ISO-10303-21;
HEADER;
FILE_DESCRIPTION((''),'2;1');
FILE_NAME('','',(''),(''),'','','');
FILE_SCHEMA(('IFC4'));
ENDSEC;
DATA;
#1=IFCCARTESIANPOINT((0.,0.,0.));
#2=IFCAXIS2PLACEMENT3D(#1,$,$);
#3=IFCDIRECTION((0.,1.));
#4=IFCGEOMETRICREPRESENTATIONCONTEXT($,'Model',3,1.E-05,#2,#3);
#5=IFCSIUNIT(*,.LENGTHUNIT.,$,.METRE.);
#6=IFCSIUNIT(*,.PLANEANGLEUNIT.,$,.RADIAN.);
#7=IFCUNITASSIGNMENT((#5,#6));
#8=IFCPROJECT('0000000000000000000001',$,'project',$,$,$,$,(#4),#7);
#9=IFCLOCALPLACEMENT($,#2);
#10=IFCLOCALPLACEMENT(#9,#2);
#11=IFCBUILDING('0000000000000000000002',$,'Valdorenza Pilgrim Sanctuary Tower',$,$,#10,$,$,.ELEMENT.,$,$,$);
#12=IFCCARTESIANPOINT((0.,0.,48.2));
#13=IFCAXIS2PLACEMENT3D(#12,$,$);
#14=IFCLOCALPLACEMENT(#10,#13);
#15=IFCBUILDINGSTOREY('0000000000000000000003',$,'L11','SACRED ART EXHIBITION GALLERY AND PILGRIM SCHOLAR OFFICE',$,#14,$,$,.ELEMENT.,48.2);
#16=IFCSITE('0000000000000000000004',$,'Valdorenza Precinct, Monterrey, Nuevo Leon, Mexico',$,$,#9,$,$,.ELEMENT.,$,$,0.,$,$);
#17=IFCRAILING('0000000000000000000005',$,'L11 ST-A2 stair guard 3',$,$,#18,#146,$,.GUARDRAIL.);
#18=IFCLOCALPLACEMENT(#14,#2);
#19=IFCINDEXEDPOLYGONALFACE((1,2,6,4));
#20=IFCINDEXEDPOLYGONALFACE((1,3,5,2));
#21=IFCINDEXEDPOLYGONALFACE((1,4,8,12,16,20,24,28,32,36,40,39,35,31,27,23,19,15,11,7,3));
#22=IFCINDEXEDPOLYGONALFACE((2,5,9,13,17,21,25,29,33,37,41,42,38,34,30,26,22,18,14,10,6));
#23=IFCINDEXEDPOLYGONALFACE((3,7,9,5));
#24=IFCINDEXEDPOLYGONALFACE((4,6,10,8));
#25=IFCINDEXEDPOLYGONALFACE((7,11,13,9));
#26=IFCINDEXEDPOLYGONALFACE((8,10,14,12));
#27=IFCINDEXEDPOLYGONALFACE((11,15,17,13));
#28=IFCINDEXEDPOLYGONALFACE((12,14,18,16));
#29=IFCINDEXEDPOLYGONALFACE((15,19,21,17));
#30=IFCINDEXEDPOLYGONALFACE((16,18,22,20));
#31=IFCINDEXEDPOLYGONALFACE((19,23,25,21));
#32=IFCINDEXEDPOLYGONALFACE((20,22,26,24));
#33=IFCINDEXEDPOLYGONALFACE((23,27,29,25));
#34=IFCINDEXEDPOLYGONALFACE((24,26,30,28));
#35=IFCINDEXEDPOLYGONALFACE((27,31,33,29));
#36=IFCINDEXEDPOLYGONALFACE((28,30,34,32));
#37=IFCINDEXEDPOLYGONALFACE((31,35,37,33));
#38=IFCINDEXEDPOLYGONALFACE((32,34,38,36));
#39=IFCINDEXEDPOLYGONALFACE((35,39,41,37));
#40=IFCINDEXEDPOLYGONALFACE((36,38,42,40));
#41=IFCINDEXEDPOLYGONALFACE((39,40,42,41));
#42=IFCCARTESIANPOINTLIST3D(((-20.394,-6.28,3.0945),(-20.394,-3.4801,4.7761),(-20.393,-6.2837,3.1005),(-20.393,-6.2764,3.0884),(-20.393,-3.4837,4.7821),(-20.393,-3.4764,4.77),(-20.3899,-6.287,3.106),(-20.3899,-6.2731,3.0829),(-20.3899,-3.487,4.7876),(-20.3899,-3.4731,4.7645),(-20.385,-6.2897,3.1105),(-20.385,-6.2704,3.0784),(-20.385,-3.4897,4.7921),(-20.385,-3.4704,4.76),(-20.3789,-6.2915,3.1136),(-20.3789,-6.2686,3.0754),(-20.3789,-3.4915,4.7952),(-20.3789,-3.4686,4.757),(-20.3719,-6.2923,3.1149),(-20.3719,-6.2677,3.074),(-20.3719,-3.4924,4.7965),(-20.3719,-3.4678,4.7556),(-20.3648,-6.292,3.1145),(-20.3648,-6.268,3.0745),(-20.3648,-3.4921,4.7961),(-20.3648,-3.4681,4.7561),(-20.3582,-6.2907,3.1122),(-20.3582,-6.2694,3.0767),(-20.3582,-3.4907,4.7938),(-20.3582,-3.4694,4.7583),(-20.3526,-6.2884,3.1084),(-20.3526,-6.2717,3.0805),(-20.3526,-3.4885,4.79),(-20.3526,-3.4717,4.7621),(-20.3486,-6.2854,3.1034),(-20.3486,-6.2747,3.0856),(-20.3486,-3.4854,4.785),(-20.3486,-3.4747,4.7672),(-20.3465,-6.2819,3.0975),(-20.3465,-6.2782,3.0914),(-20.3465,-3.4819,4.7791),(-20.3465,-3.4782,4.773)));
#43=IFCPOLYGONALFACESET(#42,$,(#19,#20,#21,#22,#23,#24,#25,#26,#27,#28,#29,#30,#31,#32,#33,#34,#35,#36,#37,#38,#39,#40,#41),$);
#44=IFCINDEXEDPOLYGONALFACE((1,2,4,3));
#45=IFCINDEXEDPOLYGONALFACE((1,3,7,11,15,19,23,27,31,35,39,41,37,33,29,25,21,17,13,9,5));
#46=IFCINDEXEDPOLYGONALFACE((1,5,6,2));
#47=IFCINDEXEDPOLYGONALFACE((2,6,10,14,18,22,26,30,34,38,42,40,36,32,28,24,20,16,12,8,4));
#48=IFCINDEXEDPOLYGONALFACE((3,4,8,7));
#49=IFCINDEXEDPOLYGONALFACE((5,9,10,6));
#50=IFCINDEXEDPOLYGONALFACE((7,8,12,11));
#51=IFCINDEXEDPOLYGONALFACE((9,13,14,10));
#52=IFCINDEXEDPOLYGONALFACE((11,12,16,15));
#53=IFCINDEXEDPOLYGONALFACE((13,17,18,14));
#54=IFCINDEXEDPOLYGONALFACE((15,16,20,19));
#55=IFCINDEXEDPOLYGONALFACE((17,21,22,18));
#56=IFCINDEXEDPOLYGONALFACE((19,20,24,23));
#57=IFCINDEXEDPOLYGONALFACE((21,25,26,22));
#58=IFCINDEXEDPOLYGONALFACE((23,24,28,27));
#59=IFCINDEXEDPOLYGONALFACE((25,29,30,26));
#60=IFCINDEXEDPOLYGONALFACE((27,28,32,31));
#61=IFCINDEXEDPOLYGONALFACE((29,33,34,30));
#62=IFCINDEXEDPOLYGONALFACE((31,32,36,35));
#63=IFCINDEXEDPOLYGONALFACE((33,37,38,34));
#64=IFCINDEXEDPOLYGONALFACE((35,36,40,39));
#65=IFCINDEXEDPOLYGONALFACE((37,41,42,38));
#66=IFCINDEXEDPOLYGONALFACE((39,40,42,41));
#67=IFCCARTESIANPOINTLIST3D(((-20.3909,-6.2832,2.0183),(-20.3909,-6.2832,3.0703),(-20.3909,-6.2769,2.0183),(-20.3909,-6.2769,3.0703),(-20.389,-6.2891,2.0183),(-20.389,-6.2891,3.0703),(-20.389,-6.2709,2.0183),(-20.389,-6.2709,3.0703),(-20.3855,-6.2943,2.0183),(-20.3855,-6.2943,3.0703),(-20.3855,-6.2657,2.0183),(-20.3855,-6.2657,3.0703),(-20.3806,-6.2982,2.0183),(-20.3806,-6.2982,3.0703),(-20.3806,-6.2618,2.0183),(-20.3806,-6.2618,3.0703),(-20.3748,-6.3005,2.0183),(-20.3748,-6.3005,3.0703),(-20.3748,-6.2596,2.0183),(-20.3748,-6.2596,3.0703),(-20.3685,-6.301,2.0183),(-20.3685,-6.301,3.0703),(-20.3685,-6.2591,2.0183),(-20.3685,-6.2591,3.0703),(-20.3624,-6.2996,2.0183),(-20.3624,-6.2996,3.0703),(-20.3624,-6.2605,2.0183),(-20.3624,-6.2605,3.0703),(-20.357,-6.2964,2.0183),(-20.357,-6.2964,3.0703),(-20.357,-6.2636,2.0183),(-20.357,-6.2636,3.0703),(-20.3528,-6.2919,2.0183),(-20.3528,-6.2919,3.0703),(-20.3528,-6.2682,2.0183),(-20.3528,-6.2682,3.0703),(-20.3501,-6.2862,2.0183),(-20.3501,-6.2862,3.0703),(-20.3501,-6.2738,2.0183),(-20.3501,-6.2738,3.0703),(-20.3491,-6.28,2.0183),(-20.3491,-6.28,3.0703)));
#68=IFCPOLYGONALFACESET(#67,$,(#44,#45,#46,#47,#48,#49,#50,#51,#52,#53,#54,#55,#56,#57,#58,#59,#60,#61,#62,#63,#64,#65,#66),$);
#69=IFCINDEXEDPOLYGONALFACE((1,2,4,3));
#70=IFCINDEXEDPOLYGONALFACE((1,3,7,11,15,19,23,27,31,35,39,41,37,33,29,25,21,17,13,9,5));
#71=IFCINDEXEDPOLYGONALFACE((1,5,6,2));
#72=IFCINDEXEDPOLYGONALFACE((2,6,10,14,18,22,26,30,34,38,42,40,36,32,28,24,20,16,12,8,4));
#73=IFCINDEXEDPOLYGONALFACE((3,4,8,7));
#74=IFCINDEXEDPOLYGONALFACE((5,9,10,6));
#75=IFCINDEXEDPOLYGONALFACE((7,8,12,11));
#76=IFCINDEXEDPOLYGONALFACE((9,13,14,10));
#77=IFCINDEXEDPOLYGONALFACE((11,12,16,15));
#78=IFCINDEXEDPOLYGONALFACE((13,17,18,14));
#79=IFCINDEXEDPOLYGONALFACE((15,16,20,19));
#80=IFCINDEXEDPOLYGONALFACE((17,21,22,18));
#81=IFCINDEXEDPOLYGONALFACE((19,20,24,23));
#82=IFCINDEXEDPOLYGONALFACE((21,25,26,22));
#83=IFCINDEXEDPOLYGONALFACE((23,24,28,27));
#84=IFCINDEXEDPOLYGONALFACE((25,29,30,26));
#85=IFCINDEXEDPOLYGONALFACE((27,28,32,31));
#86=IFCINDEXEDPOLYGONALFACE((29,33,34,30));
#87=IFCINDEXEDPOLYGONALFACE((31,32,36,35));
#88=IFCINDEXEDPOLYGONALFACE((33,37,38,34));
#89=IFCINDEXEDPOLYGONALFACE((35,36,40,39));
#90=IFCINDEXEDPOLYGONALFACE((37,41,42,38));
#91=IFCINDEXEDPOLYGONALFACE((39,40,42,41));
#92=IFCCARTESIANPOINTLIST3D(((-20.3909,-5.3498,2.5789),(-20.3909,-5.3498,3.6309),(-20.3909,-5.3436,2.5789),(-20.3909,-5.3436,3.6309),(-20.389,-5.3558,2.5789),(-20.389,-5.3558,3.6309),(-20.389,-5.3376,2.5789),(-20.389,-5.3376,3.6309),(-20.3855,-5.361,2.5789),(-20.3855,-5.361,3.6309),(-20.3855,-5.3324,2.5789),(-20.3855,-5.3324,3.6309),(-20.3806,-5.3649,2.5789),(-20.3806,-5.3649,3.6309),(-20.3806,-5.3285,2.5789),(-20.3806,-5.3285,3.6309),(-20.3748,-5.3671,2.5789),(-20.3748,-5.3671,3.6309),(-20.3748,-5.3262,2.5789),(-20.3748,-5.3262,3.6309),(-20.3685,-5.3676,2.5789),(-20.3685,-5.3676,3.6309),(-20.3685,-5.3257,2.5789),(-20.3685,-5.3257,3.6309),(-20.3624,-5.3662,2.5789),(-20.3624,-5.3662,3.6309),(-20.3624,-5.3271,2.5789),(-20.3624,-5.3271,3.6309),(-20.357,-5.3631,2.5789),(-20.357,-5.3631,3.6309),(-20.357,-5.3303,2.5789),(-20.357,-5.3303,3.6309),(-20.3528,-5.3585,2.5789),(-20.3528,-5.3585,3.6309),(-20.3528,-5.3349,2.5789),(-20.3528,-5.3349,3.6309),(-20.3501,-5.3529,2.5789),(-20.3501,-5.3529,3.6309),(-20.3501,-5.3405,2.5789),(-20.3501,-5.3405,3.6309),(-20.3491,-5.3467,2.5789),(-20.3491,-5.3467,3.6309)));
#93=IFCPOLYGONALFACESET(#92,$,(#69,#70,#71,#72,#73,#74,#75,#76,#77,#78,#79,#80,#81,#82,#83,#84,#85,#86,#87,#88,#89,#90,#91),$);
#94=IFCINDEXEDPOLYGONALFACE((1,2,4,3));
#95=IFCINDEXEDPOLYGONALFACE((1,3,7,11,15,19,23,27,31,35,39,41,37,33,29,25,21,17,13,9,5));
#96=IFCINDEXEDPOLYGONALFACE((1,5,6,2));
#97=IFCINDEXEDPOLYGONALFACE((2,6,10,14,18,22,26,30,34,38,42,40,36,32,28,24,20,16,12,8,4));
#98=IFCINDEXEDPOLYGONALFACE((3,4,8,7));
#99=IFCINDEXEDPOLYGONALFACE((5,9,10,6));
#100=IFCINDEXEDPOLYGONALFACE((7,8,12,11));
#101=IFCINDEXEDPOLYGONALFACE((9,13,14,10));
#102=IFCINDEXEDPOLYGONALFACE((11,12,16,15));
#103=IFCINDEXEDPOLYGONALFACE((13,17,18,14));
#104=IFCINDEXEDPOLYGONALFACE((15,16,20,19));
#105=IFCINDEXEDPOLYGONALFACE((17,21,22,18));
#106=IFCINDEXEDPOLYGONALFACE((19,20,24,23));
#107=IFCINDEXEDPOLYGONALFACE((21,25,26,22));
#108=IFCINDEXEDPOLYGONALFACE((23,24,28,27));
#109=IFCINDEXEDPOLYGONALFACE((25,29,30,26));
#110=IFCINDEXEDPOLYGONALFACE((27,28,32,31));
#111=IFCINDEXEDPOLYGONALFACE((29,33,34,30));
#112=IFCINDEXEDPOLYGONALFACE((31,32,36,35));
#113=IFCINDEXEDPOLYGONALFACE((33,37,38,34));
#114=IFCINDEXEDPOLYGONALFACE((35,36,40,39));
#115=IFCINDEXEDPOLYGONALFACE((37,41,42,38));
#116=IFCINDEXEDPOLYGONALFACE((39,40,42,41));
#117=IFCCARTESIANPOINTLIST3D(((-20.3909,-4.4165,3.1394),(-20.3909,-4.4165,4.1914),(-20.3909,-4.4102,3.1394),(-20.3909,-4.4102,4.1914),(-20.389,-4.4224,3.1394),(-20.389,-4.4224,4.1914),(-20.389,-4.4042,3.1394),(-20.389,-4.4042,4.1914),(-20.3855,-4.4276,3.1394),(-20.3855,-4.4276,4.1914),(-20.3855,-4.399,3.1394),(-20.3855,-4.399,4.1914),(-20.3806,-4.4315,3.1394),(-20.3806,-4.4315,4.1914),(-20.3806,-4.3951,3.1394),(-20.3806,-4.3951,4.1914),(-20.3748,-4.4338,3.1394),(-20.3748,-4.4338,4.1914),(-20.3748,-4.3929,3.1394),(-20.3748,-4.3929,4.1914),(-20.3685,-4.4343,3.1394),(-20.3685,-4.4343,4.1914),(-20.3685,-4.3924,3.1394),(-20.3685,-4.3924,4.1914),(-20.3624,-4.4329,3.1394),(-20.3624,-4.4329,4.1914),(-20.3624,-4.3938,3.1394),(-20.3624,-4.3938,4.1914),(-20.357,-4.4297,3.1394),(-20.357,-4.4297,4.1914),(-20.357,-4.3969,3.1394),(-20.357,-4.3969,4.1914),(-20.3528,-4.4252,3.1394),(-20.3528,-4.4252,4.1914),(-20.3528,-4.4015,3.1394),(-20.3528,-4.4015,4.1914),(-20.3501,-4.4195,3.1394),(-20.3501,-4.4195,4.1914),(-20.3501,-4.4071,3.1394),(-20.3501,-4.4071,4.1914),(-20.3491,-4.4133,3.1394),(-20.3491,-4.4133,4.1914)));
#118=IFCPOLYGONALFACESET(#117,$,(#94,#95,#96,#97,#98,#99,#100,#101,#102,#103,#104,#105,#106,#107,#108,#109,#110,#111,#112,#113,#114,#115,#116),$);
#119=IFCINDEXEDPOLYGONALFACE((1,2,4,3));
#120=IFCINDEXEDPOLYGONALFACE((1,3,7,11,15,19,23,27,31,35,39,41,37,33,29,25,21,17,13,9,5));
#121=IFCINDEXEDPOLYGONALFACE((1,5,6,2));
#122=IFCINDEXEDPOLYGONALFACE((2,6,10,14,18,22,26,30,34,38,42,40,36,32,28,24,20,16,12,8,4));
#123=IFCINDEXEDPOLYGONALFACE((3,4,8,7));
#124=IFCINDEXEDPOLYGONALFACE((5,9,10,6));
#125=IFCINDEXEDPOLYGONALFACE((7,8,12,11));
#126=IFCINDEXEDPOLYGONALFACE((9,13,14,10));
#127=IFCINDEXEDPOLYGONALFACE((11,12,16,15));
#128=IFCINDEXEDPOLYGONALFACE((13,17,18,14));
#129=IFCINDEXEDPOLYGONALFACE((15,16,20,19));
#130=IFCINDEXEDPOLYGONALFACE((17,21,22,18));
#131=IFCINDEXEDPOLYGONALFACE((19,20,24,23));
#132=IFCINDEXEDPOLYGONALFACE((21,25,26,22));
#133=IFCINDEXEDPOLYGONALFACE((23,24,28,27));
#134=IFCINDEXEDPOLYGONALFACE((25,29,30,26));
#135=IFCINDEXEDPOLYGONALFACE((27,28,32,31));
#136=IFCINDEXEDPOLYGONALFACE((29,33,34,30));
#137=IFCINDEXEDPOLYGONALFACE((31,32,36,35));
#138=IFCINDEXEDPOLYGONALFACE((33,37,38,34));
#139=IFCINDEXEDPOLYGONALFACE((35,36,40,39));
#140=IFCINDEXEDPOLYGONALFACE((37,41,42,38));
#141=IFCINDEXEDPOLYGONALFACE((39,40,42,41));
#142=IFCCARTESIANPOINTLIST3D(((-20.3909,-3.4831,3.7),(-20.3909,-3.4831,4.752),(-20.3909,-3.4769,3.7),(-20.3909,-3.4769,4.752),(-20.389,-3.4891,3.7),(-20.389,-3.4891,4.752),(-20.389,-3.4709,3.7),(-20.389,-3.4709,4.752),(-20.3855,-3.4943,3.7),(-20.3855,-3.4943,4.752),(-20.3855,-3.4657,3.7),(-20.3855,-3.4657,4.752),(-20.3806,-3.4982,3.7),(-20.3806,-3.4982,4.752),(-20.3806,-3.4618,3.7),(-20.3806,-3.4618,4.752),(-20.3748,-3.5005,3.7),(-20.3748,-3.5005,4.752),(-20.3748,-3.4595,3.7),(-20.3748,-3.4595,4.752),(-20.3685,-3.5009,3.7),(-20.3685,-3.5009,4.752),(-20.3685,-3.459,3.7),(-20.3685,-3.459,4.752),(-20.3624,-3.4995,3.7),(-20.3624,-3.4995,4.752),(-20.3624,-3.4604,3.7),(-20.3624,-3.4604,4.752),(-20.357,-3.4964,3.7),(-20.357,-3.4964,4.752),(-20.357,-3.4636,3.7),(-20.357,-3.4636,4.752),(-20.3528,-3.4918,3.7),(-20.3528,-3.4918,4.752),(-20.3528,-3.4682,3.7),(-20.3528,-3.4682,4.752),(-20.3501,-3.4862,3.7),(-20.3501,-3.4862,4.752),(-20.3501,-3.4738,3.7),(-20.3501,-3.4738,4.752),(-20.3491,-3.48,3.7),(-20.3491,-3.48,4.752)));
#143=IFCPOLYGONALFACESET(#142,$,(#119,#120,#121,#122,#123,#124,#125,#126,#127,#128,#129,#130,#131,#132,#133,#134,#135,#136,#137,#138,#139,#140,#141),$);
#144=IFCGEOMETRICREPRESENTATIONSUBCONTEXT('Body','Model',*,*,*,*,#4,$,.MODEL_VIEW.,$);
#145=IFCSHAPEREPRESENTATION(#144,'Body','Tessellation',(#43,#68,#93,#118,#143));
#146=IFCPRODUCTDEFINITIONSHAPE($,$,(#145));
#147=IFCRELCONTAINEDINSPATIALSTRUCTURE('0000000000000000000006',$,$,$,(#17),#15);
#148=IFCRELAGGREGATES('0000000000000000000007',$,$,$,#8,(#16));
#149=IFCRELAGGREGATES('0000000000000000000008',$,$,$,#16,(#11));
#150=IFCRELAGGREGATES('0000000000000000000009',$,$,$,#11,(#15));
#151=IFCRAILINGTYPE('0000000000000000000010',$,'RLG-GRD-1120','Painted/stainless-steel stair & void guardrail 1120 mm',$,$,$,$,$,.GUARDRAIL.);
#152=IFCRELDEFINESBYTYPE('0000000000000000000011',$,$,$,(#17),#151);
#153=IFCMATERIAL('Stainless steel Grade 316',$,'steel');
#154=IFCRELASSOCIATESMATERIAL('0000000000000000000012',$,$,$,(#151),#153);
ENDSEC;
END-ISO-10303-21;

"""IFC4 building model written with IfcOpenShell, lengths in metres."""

from ifc_helpers import new_model, si_unit, direction, frame, origin, origin_2d, place, context, subcontext, project, spatial, circle, extrude, material, type_object, element, save


model = new_model("IFC4")

# Units and contexts
model_context = context("Model", 3, precision=1e-05, world=origin(), true_north=direction((0.0, 1.0)))
body_context = subcontext(model_context, "Body", "Model", "MODEL_VIEW")
ifc_project = project(units=[si_unit("LENGTHUNIT", "METRE"), si_unit("PLANEANGLEUNIT", "RADIAN")], contexts=[model_context])

# Site, building, storey
site_placement = place(None, origin())
site = spatial("IfcSite", under=ifc_project, at=site_placement, Name="Valdorenza Precinct, Monterrey, Nuevo Leon, Mexico", CompositionType="ELEMENT", RefElevation=0.0)
building_placement = place(site_placement, origin())
building = spatial("IfcBuilding", under=site, at=building_placement, Name="Valdorenza Pilgrim Sanctuary Tower", CompositionType="ELEMENT")
storey_placement = place(building_placement, frame((0.0, 0.0, 48.2)))
storey = spatial("IfcBuildingStorey", under=building, at=storey_placement, Name="L11", Description="SACRED ART EXHIBITION GALLERY AND PILGRIM SCHOLAR OFFICE", CompositionType="ELEMENT", Elevation=48.2)

# Railing
ifc_material_1 = material(Name="Stainless steel Grade 316", Category="steel")
railing_type_1 = type_object("IfcRailingType", Name="RLG-GRD-1120", Description="Painted/stainless-steel stair & void guardrail 1120 mm", PredefinedType="GUARDRAIL", material=ifc_material_1)
railing_1_placement = place(storey_placement, frame((-20.3701, -6.28, 2.0183)))
element("IfcRailing", 1, at=railing_1_placement, inside=storey, type_object=railing_type_1, Name="L11 ST-A2 stair guard 3", PredefinedType="GUARDRAIL", context=body_context, shape_type="SweptSolid", body=[
    extrude(circle(Radius=0.0239, at=origin_2d()), frame((0.0, 0.0, 1.0762), z_axis=(0.0, 0.857275, 0.514858), x_axis=(-1.0, 0.0, 0.0)), (0.0, 0.0, 1.0), 3.2661),
    extrude(circle(Radius=0.021, at=origin_2d()), origin(), (0.0, 0.0, 1.0), 1.052),
    extrude(circle(Radius=0.021, at=origin_2d()), frame((0.0, 0.9333, 0.5605)), (0.0, 0.0, 1.0), 1.052),
    extrude(circle(Radius=0.021, at=origin_2d()), frame((0.0, 1.8667, 1.1211)), (0.0, 0.0, 1.0), 1.052),
    extrude(circle(Radius=0.021, at=origin_2d()), frame((0.0, 2.8, 1.6816)), (0.0, 0.0, 1.0), 1.052),
])

save(model, "model.ifc")
